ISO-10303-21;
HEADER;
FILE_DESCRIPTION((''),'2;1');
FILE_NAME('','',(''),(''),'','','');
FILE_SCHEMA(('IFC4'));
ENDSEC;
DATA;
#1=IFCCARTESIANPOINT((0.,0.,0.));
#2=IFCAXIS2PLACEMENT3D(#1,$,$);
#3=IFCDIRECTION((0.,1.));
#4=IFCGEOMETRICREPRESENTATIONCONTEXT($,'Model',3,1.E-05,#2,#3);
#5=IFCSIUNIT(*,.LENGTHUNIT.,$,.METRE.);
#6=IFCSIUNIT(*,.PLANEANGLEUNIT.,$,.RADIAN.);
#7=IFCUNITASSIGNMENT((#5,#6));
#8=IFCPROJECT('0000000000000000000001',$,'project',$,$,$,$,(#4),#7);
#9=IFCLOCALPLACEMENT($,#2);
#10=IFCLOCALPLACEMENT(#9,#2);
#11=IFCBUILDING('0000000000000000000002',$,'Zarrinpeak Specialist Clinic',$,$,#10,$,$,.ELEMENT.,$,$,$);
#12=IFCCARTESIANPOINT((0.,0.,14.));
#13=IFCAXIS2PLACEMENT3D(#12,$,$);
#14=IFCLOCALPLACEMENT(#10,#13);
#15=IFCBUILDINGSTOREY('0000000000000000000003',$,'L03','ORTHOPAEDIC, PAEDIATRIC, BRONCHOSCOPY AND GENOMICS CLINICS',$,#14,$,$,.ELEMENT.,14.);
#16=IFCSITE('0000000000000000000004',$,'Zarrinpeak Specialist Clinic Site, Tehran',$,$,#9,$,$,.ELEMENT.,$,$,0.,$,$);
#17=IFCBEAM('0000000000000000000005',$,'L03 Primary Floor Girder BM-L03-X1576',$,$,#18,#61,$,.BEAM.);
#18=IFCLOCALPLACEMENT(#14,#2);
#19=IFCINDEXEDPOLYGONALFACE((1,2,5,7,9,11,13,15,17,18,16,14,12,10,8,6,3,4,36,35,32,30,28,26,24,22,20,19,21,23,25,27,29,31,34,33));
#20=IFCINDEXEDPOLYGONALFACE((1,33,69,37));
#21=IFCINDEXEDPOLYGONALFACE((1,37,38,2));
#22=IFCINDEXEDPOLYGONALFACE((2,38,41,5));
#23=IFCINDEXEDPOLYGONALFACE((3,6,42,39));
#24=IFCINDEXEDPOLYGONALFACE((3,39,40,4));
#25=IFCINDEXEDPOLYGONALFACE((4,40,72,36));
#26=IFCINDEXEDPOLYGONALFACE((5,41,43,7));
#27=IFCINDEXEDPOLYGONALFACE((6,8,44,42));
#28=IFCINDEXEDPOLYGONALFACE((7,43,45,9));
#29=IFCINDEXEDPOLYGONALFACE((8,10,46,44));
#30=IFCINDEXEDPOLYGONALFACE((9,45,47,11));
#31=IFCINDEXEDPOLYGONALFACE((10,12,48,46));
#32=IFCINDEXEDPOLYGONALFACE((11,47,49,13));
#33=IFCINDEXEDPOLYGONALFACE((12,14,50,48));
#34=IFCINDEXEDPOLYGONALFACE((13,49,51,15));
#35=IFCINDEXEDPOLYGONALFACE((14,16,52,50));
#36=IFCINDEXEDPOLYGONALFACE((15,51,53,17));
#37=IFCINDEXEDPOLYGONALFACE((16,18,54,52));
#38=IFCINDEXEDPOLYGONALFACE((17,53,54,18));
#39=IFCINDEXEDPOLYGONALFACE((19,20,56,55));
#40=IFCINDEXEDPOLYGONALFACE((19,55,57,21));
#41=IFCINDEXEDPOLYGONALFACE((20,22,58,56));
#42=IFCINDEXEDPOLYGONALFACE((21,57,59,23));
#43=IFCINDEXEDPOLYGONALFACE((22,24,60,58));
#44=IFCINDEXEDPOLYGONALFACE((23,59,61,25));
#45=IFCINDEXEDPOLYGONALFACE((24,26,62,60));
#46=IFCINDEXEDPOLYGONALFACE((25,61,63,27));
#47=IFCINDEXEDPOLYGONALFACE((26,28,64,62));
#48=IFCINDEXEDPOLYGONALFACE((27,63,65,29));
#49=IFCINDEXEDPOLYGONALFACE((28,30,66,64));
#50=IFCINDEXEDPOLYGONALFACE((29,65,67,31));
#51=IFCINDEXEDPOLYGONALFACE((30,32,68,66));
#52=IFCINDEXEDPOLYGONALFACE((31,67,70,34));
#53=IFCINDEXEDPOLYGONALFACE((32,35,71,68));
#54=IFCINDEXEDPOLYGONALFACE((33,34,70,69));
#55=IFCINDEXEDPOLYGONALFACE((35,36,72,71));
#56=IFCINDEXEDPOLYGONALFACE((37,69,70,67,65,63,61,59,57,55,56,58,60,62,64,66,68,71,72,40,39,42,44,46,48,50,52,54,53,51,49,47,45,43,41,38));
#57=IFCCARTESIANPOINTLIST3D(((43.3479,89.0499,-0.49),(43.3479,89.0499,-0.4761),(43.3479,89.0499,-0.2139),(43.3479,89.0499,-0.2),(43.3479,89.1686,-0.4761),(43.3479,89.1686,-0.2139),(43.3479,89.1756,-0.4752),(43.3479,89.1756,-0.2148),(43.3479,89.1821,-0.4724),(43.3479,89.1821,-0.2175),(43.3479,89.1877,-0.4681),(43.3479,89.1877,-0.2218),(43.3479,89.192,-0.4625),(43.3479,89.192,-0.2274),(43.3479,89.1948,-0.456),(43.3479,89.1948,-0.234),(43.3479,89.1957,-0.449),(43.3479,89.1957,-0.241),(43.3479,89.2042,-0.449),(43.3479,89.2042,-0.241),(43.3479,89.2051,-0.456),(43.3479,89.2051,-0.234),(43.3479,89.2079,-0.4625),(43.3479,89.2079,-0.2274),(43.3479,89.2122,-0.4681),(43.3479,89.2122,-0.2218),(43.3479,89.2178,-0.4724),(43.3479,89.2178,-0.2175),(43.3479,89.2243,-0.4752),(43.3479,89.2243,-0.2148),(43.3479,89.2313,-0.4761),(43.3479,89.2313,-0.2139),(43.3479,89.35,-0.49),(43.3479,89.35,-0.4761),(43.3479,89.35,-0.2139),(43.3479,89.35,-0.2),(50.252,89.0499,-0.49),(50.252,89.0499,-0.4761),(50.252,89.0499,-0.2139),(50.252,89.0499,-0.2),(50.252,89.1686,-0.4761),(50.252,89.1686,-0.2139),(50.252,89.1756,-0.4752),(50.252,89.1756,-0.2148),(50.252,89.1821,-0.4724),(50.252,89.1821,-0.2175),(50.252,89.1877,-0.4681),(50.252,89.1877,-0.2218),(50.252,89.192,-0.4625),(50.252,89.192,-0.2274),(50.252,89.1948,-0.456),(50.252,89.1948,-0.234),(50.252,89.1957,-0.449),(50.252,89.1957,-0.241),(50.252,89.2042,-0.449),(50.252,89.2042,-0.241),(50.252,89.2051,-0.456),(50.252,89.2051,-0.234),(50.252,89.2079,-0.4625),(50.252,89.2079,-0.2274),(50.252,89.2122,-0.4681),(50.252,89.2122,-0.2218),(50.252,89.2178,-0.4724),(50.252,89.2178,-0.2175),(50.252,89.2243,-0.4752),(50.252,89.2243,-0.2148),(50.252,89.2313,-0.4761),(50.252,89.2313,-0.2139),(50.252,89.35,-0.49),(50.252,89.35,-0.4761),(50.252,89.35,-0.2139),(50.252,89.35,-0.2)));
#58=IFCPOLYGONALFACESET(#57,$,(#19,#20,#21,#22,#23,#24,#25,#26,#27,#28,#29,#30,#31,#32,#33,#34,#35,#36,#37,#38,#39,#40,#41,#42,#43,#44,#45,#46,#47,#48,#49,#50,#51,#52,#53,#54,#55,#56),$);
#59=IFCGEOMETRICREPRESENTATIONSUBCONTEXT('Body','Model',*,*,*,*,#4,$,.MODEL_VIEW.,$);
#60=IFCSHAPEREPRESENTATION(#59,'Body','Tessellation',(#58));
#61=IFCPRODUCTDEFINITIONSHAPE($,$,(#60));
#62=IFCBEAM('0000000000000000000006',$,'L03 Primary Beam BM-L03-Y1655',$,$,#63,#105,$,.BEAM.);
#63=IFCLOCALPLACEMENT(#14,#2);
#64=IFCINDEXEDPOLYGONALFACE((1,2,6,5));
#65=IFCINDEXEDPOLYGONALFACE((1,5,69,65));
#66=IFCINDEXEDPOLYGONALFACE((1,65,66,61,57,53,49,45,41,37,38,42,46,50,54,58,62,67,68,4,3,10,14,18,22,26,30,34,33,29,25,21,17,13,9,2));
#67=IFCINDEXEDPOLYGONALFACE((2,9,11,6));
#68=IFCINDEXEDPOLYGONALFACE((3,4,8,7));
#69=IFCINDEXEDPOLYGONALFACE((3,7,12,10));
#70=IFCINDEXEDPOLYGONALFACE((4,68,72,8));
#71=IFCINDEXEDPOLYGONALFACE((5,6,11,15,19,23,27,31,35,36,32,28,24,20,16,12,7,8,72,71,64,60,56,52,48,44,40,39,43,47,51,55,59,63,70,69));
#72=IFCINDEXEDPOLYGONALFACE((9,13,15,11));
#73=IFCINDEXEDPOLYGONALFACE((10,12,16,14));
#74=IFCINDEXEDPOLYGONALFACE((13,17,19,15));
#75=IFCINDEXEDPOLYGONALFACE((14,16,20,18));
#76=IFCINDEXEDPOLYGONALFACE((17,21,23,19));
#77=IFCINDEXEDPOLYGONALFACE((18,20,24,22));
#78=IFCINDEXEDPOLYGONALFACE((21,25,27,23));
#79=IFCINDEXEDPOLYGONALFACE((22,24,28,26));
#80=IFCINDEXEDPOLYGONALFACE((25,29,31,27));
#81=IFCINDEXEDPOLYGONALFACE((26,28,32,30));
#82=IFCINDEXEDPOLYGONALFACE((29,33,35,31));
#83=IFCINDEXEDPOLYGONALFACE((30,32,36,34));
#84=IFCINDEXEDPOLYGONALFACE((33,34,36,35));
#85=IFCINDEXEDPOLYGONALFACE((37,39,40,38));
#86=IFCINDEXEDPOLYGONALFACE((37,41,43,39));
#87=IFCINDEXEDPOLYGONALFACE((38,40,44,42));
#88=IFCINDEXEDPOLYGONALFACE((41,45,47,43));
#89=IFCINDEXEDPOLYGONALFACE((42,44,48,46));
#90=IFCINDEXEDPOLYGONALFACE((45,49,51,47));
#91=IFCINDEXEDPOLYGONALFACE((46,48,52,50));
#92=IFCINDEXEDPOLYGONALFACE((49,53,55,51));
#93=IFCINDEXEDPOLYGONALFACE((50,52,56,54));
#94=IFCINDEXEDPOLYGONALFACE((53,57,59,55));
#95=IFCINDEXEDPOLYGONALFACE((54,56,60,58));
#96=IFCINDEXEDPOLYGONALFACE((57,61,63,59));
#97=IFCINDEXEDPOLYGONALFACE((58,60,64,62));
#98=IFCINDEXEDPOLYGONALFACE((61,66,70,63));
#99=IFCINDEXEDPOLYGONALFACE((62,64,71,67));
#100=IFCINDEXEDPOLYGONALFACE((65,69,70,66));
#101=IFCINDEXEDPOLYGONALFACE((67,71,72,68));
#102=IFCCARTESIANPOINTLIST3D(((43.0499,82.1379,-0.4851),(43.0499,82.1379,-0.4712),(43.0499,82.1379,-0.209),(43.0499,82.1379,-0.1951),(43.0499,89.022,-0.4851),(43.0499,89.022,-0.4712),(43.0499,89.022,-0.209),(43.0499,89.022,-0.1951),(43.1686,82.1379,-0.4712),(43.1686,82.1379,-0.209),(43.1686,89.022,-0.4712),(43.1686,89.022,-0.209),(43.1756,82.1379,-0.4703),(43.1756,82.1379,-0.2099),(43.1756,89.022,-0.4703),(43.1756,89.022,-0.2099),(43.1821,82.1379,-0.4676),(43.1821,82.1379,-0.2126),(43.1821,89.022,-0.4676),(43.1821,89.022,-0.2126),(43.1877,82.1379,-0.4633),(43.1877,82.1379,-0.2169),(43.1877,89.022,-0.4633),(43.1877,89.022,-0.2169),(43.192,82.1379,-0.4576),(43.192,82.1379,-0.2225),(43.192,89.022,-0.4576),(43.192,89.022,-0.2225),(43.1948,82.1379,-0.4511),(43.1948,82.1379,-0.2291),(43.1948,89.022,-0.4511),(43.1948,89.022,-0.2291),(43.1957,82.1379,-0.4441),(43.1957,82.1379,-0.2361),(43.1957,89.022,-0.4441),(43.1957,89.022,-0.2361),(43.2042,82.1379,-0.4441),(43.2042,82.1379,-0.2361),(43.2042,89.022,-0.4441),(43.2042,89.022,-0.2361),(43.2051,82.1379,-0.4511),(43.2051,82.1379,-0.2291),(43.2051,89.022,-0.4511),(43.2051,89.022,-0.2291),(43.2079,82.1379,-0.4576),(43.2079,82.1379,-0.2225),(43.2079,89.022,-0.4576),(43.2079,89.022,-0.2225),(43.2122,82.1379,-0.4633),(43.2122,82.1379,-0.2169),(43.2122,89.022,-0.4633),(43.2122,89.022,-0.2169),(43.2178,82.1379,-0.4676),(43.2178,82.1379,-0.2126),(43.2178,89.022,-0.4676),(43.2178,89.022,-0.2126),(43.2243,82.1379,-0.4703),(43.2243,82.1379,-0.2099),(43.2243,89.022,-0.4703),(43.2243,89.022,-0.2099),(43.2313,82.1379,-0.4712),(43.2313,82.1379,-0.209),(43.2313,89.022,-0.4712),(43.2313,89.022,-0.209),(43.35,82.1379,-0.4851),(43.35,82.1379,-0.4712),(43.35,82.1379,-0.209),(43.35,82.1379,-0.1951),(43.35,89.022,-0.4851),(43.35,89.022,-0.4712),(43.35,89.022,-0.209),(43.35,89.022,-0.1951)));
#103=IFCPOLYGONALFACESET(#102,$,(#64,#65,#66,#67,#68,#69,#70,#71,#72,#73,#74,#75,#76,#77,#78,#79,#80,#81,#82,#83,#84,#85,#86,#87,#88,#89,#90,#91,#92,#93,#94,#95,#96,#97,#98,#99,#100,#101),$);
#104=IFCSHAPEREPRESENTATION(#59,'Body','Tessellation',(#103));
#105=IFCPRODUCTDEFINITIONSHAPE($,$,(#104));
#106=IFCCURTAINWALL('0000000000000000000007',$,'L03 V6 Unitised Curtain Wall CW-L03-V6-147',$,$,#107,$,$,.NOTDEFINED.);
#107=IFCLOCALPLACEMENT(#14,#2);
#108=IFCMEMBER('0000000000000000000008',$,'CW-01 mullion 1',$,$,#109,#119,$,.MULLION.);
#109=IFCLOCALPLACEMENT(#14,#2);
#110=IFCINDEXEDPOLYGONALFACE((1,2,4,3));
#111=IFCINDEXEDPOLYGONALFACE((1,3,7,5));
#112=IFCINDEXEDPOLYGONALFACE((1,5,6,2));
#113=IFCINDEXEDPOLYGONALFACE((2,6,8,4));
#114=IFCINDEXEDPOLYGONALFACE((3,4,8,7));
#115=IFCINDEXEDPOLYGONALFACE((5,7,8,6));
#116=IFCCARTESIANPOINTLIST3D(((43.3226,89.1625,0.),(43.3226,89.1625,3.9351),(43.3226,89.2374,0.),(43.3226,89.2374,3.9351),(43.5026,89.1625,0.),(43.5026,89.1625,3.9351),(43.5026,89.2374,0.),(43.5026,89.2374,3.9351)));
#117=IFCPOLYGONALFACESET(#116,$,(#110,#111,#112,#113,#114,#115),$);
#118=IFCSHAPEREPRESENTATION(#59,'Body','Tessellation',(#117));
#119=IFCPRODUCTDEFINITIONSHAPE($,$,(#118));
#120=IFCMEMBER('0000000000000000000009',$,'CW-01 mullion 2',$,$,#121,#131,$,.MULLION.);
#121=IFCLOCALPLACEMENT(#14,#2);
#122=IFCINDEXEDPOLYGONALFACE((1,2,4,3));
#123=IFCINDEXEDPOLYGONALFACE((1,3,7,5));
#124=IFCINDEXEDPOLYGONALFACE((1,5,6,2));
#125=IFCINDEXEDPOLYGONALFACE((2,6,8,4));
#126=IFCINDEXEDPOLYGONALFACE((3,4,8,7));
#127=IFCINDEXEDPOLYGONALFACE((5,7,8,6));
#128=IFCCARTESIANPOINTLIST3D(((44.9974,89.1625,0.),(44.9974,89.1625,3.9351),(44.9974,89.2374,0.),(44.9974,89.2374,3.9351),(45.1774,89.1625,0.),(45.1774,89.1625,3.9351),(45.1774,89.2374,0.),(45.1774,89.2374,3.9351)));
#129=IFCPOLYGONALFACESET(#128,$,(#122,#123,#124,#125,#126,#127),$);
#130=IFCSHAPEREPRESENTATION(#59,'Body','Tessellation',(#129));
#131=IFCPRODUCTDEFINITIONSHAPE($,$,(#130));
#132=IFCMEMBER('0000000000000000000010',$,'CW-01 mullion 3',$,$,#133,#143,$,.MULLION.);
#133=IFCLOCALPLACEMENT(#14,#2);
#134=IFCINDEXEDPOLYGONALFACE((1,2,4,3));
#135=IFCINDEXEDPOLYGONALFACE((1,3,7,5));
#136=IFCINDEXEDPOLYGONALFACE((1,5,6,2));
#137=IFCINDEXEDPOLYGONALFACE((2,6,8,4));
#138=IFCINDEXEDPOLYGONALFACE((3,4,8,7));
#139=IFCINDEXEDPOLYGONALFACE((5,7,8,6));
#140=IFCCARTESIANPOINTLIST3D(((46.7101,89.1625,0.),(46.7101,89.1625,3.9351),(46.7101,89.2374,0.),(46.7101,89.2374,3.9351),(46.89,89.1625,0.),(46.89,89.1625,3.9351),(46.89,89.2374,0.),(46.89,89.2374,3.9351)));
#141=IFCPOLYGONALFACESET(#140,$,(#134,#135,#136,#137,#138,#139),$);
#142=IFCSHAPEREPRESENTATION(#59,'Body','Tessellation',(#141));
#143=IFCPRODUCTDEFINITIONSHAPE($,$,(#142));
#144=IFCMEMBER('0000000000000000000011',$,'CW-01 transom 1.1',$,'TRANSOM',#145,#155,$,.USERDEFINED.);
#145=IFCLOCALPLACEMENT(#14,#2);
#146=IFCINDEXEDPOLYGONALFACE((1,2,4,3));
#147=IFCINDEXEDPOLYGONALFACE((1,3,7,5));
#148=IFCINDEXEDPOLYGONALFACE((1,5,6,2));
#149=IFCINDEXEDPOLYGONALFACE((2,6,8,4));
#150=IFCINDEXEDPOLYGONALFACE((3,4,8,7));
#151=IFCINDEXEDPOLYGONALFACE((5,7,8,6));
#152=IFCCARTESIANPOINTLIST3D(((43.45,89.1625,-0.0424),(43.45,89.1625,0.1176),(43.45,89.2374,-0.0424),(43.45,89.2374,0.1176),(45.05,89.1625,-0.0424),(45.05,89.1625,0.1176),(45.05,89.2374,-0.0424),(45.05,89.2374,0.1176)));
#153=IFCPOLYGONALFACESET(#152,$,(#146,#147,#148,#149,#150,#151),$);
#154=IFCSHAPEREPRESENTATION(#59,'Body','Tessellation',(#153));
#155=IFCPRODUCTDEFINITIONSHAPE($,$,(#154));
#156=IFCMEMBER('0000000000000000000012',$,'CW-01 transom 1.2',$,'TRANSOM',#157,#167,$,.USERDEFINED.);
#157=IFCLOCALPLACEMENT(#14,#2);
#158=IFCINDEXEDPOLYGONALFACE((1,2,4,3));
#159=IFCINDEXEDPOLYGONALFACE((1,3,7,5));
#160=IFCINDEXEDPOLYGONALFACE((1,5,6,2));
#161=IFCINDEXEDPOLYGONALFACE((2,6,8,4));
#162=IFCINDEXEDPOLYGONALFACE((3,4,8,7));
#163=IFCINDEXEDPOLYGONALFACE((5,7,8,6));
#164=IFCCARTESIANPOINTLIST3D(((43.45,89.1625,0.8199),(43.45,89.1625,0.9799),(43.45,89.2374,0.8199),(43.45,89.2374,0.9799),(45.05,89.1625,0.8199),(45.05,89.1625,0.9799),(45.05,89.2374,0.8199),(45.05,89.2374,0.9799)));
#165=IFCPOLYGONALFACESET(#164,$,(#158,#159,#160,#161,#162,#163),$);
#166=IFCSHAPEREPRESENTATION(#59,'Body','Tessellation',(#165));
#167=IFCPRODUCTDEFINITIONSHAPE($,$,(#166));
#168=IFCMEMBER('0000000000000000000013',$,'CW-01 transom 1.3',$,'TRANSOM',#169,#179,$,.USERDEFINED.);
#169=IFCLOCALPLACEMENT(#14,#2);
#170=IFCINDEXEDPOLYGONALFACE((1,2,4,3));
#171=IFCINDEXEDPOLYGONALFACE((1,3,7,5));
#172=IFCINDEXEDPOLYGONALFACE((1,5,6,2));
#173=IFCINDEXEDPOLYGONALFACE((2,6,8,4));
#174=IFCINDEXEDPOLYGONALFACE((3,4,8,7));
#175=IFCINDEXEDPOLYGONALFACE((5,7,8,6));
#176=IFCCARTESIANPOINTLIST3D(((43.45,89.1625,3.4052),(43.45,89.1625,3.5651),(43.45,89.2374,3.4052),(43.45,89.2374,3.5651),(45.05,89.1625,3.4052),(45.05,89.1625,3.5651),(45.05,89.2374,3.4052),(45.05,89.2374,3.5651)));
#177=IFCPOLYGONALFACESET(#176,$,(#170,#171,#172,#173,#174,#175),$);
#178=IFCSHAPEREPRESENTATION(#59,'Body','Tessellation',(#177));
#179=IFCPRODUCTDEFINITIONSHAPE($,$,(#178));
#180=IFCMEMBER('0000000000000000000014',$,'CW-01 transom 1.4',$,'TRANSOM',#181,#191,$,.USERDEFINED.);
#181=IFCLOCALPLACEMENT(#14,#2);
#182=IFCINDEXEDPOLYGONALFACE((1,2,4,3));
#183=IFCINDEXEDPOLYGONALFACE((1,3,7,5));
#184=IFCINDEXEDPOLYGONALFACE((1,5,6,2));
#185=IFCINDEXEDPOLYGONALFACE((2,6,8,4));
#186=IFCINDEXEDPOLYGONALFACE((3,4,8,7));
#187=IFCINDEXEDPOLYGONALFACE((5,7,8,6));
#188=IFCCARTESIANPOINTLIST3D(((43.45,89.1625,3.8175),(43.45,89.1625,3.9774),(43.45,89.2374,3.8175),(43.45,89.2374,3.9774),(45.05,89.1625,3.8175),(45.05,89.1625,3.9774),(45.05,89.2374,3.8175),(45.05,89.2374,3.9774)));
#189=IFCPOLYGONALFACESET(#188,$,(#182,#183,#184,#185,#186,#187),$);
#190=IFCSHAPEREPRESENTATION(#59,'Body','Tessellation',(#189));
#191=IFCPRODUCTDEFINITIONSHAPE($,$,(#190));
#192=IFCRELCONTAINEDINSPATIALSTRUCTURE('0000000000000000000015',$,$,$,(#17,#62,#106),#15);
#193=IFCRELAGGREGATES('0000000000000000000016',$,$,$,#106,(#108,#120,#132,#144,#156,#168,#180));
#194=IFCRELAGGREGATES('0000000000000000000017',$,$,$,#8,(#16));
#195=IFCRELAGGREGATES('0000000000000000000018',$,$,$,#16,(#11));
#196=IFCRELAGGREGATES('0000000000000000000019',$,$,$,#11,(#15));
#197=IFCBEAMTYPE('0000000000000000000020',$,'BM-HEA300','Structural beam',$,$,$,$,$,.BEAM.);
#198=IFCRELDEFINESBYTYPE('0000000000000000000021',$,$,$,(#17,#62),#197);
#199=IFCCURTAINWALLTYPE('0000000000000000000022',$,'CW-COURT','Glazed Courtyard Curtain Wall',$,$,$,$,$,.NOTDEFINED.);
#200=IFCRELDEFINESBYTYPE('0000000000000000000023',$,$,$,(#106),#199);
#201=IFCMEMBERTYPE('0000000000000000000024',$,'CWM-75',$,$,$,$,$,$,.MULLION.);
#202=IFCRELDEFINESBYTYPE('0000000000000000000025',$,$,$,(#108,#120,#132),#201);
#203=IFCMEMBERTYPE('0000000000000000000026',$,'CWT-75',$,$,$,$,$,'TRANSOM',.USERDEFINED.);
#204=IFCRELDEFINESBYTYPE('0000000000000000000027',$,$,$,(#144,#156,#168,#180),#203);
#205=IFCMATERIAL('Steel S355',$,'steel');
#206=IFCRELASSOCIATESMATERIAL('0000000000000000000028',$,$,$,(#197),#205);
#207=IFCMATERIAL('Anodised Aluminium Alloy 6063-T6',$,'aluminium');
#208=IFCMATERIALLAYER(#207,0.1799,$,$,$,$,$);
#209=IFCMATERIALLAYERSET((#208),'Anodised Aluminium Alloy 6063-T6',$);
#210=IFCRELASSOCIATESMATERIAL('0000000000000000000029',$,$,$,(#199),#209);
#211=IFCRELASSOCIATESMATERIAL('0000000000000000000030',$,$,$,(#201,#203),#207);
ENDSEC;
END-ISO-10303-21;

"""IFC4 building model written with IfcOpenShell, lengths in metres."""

from ifc_helpers import new_model, si_unit, direction, frame, origin, origin_2d, place, context, subcontext, project, spatial, rectangle, i_section, extrude, material, layer, layer_set, material_profile, profile_set, type_object, element, aggregate, save


model = new_model("IFC4")

# Units and contexts
model_context = context("Model", 3, precision=1e-05, world=origin(), true_north=direction((0.0, 1.0)))
body_context = subcontext(model_context, "Body", "Model", "MODEL_VIEW")
ifc_project = project(units=[si_unit("LENGTHUNIT", "METRE"), si_unit("PLANEANGLEUNIT", "RADIAN")], contexts=[model_context])

# Site, building, storey
site_placement = place(None, origin())
site = spatial("IfcSite", under=ifc_project, at=site_placement, Name="Zarrinpeak Specialist Clinic Site, Tehran", CompositionType="ELEMENT", RefElevation=0.0)
building_placement = place(site_placement, origin())
building = spatial("IfcBuilding", under=site, at=building_placement, Name="Zarrinpeak Specialist Clinic", CompositionType="ELEMENT")
storey_placement = place(building_placement, frame((0.0, 0.0, 14.0)))
storey = spatial("IfcBuildingStorey", under=building, at=storey_placement, Name="L03", Description="ORTHOPAEDIC, PAEDIATRIC, BRONCHOSCOPY AND GENOMICS CLINICS", CompositionType="ELEMENT", Elevation=14.0)

# Shared definitions
ifc_material_1 = material(Name="Steel S355", Category="steel")

# Beams
ifc_material_profile_1 = material_profile(ifc_material_1, i_section(OverallWidth=0.3, OverallDepth=0.29, WebThickness=0.0085, FlangeThickness=0.0139, FilletRadius=0.0271, at=origin_2d()), Name="HEA 300")
ifc_profile_set_1 = profile_set([ifc_material_profile_1], Name="Steel S355")
beam_type = type_object("IfcBeamType", Name="BM-HEA300", Description="Structural beam", PredefinedType="BEAM", material=ifc_profile_set_1)
for number, where, z_axis, x_axis, name in (
    (1, (43.3479, 89.2, -0.345), (1.0, 0.0, 0.0), (0.0, 1.0, 0.0), "L03 Primary Floor Girder BM-L03-X1576"),
):
    element("IfcBeam", number, at=place(storey_placement, frame(where, z_axis=z_axis, x_axis=x_axis)), inside=storey, type_object=beam_type, Name=name, PredefinedType="BEAM", context=body_context, shape_type="SweptSolid", body=[
        extrude(i_section(OverallWidth=0.3, OverallDepth=0.29, WebThickness=0.0085, FlangeThickness=0.0139, FilletRadius=0.0271, at=origin_2d()), origin(), (0.0, 0.0, 1.0), 6.9041),
    ])
beam_placement = place(storey_placement, frame((43.2, 82.1379, -0.3401), z_axis=(0.0, 1.0, 0.0), x_axis=(-1.0, 0.0, 0.0)))
element("IfcBeam", 2, at=beam_placement, inside=storey, type_object=beam_type, Name="L03 Primary Beam BM-L03-Y1655", PredefinedType="BEAM", context=body_context, shape_type="SweptSolid", body=[
    extrude(i_section(OverallWidth=0.3, OverallDepth=0.29, WebThickness=0.0085, FlangeThickness=0.0139, FilletRadius=0.0271, at=origin_2d()), origin(), (0.0, 0.0, 1.0), 6.884),
])

# Curtain wall, members
ifc_material_2 = material(Name="Anodised Aluminium Alloy 6063-T6", Category="aluminium")
ifc_layer_1 = layer(ifc_material_2, 0.1799)
ifc_layer_set_1 = layer_set([ifc_layer_1], Name="Anodised Aluminium Alloy 6063-T6")
curtain_wall_type = type_object("IfcCurtainWallType", Name="CW-COURT", Description="Glazed Courtyard Curtain Wall", PredefinedType="NOTDEFINED", material=ifc_layer_set_1)
curtain_wall_placement = place(storey_placement, origin())
curtain_wall = element("IfcCurtainWall", 3, at=curtain_wall_placement, inside=storey, type_object=curtain_wall_type, Name="L03 V6 Unitised Curtain Wall CW-L03-V6-147", PredefinedType="NOTDEFINED")
ifc_material_profile_2 = material_profile(ifc_material_2, rectangle(XDim=0.075, YDim=0.1799, at=origin_2d()), Name="ALU 75x180")
ifc_profile_set_2 = profile_set([ifc_material_profile_2], Name="Anodised Aluminium Alloy 6063-T6")
member_type_1 = type_object("IfcMemberType", Name="CWM-75", PredefinedType="MULLION", material=ifc_profile_set_2)
member_1_placement = place(storey_placement, frame((43.4126, 89.2, 0.0), z_axis=(0.0, 0.0, 1.0), x_axis=(0.0, 1.0, 0.0)))
member_1 = element("IfcMember", 4, at=member_1_placement, type_object=member_type_1, Name="CW-01 mullion 1", PredefinedType="MULLION", context=body_context, shape_type="SweptSolid", body=[
    extrude(rectangle(XDim=0.075, YDim=0.1799, at=origin_2d()), origin(), (0.0, 0.0, 1.0), 3.9351),
])
member_2_placement = place(storey_placement, frame((45.0874, 89.2, 0.0), z_axis=(0.0, 0.0, 1.0), x_axis=(0.0, 1.0, 0.0)))
member_2 = element("IfcMember", 5, at=member_2_placement, type_object=member_type_1, Name="CW-01 mullion 2", PredefinedType="MULLION", context=body_context, shape_type="SweptSolid", body=[
    extrude(rectangle(XDim=0.075, YDim=0.1799, at=origin_2d()), origin(), (0.0, 0.0, 1.0), 3.9351),
])
member_3_placement = place(storey_placement, frame((46.8, 89.2, 0.0), z_axis=(0.0, 0.0, 1.0), x_axis=(0.0, 1.0, 0.0)))
member_3 = element("IfcMember", 6, at=member_3_placement, type_object=member_type_1, Name="CW-01 mullion 3", PredefinedType="MULLION", context=body_context, shape_type="SweptSolid", body=[
    extrude(rectangle(XDim=0.075, YDim=0.1799, at=origin_2d()), origin(), (0.0, 0.0, 1.0), 3.9351),
])
ifc_material_profile_3 = material_profile(ifc_material_2, rectangle(XDim=0.075, YDim=0.1599, at=origin_2d()), Name="ALU 75x160")
ifc_profile_set_3 = profile_set([ifc_material_profile_3], Name="Anodised Aluminium Alloy 6063-T6")
member_type_2 = type_object("IfcMemberType", Name="CWT-75", ElementType="TRANSOM", PredefinedType="USERDEFINED", material=ifc_profile_set_3)
member_4_placement = place(storey_placement, frame((43.45, 89.2, 0.0376), z_axis=(1.0, 0.0, 0.0), x_axis=(0.0, 1.0, 0.0)))
member_4 = element("IfcMember", 7, at=member_4_placement, type_object=member_type_2, Name="CW-01 transom 1.1", ObjectType="TRANSOM", PredefinedType="USERDEFINED", context=body_context, shape_type="SweptSolid", body=[
    extrude(rectangle(XDim=0.075, YDim=0.1599, at=origin_2d()), origin(), (0.0, 0.0, 1.0), 1.6001),
])
member_5_placement = place(storey_placement, frame((43.45, 89.2, 0.8999), z_axis=(1.0, 0.0, 0.0), x_axis=(0.0, 1.0, 0.0)))
member_5 = element("IfcMember", 8, at=member_5_placement, type_object=member_type_2, Name="CW-01 transom 1.2", ObjectType="TRANSOM", PredefinedType="USERDEFINED", context=body_context, shape_type="SweptSolid", body=[
    extrude(rectangle(XDim=0.075, YDim=0.1599, at=origin_2d()), origin(), (0.0, 0.0, 1.0), 1.6001),
])
member_6_placement = place(storey_placement, frame((43.45, 89.2, 3.4851), z_axis=(1.0, 0.0, 0.0), x_axis=(0.0, 1.0, 0.0)))
member_6 = element("IfcMember", 9, at=member_6_placement, type_object=member_type_2, Name="CW-01 transom 1.3", ObjectType="TRANSOM", PredefinedType="USERDEFINED", context=body_context, shape_type="SweptSolid", body=[
    extrude(rectangle(XDim=0.075, YDim=0.1599, at=origin_2d()), origin(), (0.0, 0.0, 1.0), 1.6001),
])
member_7_placement = place(storey_placement, frame((43.45, 89.2, 3.8975), z_axis=(1.0, 0.0, 0.0), x_axis=(0.0, 1.0, 0.0)))
member_7 = element("IfcMember", 10, at=member_7_placement, type_object=member_type_2, Name="CW-01 transom 1.4", ObjectType="TRANSOM", PredefinedType="USERDEFINED", context=body_context, shape_type="SweptSolid", body=[
    extrude(rectangle(XDim=0.075, YDim=0.1599, at=origin_2d()), origin(), (0.0, 0.0, 1.0), 1.6001),
])
aggregate(curtain_wall, [member_1, member_2, member_3, member_4, member_5, member_6, member_7])

save(model, "model.ifc")
